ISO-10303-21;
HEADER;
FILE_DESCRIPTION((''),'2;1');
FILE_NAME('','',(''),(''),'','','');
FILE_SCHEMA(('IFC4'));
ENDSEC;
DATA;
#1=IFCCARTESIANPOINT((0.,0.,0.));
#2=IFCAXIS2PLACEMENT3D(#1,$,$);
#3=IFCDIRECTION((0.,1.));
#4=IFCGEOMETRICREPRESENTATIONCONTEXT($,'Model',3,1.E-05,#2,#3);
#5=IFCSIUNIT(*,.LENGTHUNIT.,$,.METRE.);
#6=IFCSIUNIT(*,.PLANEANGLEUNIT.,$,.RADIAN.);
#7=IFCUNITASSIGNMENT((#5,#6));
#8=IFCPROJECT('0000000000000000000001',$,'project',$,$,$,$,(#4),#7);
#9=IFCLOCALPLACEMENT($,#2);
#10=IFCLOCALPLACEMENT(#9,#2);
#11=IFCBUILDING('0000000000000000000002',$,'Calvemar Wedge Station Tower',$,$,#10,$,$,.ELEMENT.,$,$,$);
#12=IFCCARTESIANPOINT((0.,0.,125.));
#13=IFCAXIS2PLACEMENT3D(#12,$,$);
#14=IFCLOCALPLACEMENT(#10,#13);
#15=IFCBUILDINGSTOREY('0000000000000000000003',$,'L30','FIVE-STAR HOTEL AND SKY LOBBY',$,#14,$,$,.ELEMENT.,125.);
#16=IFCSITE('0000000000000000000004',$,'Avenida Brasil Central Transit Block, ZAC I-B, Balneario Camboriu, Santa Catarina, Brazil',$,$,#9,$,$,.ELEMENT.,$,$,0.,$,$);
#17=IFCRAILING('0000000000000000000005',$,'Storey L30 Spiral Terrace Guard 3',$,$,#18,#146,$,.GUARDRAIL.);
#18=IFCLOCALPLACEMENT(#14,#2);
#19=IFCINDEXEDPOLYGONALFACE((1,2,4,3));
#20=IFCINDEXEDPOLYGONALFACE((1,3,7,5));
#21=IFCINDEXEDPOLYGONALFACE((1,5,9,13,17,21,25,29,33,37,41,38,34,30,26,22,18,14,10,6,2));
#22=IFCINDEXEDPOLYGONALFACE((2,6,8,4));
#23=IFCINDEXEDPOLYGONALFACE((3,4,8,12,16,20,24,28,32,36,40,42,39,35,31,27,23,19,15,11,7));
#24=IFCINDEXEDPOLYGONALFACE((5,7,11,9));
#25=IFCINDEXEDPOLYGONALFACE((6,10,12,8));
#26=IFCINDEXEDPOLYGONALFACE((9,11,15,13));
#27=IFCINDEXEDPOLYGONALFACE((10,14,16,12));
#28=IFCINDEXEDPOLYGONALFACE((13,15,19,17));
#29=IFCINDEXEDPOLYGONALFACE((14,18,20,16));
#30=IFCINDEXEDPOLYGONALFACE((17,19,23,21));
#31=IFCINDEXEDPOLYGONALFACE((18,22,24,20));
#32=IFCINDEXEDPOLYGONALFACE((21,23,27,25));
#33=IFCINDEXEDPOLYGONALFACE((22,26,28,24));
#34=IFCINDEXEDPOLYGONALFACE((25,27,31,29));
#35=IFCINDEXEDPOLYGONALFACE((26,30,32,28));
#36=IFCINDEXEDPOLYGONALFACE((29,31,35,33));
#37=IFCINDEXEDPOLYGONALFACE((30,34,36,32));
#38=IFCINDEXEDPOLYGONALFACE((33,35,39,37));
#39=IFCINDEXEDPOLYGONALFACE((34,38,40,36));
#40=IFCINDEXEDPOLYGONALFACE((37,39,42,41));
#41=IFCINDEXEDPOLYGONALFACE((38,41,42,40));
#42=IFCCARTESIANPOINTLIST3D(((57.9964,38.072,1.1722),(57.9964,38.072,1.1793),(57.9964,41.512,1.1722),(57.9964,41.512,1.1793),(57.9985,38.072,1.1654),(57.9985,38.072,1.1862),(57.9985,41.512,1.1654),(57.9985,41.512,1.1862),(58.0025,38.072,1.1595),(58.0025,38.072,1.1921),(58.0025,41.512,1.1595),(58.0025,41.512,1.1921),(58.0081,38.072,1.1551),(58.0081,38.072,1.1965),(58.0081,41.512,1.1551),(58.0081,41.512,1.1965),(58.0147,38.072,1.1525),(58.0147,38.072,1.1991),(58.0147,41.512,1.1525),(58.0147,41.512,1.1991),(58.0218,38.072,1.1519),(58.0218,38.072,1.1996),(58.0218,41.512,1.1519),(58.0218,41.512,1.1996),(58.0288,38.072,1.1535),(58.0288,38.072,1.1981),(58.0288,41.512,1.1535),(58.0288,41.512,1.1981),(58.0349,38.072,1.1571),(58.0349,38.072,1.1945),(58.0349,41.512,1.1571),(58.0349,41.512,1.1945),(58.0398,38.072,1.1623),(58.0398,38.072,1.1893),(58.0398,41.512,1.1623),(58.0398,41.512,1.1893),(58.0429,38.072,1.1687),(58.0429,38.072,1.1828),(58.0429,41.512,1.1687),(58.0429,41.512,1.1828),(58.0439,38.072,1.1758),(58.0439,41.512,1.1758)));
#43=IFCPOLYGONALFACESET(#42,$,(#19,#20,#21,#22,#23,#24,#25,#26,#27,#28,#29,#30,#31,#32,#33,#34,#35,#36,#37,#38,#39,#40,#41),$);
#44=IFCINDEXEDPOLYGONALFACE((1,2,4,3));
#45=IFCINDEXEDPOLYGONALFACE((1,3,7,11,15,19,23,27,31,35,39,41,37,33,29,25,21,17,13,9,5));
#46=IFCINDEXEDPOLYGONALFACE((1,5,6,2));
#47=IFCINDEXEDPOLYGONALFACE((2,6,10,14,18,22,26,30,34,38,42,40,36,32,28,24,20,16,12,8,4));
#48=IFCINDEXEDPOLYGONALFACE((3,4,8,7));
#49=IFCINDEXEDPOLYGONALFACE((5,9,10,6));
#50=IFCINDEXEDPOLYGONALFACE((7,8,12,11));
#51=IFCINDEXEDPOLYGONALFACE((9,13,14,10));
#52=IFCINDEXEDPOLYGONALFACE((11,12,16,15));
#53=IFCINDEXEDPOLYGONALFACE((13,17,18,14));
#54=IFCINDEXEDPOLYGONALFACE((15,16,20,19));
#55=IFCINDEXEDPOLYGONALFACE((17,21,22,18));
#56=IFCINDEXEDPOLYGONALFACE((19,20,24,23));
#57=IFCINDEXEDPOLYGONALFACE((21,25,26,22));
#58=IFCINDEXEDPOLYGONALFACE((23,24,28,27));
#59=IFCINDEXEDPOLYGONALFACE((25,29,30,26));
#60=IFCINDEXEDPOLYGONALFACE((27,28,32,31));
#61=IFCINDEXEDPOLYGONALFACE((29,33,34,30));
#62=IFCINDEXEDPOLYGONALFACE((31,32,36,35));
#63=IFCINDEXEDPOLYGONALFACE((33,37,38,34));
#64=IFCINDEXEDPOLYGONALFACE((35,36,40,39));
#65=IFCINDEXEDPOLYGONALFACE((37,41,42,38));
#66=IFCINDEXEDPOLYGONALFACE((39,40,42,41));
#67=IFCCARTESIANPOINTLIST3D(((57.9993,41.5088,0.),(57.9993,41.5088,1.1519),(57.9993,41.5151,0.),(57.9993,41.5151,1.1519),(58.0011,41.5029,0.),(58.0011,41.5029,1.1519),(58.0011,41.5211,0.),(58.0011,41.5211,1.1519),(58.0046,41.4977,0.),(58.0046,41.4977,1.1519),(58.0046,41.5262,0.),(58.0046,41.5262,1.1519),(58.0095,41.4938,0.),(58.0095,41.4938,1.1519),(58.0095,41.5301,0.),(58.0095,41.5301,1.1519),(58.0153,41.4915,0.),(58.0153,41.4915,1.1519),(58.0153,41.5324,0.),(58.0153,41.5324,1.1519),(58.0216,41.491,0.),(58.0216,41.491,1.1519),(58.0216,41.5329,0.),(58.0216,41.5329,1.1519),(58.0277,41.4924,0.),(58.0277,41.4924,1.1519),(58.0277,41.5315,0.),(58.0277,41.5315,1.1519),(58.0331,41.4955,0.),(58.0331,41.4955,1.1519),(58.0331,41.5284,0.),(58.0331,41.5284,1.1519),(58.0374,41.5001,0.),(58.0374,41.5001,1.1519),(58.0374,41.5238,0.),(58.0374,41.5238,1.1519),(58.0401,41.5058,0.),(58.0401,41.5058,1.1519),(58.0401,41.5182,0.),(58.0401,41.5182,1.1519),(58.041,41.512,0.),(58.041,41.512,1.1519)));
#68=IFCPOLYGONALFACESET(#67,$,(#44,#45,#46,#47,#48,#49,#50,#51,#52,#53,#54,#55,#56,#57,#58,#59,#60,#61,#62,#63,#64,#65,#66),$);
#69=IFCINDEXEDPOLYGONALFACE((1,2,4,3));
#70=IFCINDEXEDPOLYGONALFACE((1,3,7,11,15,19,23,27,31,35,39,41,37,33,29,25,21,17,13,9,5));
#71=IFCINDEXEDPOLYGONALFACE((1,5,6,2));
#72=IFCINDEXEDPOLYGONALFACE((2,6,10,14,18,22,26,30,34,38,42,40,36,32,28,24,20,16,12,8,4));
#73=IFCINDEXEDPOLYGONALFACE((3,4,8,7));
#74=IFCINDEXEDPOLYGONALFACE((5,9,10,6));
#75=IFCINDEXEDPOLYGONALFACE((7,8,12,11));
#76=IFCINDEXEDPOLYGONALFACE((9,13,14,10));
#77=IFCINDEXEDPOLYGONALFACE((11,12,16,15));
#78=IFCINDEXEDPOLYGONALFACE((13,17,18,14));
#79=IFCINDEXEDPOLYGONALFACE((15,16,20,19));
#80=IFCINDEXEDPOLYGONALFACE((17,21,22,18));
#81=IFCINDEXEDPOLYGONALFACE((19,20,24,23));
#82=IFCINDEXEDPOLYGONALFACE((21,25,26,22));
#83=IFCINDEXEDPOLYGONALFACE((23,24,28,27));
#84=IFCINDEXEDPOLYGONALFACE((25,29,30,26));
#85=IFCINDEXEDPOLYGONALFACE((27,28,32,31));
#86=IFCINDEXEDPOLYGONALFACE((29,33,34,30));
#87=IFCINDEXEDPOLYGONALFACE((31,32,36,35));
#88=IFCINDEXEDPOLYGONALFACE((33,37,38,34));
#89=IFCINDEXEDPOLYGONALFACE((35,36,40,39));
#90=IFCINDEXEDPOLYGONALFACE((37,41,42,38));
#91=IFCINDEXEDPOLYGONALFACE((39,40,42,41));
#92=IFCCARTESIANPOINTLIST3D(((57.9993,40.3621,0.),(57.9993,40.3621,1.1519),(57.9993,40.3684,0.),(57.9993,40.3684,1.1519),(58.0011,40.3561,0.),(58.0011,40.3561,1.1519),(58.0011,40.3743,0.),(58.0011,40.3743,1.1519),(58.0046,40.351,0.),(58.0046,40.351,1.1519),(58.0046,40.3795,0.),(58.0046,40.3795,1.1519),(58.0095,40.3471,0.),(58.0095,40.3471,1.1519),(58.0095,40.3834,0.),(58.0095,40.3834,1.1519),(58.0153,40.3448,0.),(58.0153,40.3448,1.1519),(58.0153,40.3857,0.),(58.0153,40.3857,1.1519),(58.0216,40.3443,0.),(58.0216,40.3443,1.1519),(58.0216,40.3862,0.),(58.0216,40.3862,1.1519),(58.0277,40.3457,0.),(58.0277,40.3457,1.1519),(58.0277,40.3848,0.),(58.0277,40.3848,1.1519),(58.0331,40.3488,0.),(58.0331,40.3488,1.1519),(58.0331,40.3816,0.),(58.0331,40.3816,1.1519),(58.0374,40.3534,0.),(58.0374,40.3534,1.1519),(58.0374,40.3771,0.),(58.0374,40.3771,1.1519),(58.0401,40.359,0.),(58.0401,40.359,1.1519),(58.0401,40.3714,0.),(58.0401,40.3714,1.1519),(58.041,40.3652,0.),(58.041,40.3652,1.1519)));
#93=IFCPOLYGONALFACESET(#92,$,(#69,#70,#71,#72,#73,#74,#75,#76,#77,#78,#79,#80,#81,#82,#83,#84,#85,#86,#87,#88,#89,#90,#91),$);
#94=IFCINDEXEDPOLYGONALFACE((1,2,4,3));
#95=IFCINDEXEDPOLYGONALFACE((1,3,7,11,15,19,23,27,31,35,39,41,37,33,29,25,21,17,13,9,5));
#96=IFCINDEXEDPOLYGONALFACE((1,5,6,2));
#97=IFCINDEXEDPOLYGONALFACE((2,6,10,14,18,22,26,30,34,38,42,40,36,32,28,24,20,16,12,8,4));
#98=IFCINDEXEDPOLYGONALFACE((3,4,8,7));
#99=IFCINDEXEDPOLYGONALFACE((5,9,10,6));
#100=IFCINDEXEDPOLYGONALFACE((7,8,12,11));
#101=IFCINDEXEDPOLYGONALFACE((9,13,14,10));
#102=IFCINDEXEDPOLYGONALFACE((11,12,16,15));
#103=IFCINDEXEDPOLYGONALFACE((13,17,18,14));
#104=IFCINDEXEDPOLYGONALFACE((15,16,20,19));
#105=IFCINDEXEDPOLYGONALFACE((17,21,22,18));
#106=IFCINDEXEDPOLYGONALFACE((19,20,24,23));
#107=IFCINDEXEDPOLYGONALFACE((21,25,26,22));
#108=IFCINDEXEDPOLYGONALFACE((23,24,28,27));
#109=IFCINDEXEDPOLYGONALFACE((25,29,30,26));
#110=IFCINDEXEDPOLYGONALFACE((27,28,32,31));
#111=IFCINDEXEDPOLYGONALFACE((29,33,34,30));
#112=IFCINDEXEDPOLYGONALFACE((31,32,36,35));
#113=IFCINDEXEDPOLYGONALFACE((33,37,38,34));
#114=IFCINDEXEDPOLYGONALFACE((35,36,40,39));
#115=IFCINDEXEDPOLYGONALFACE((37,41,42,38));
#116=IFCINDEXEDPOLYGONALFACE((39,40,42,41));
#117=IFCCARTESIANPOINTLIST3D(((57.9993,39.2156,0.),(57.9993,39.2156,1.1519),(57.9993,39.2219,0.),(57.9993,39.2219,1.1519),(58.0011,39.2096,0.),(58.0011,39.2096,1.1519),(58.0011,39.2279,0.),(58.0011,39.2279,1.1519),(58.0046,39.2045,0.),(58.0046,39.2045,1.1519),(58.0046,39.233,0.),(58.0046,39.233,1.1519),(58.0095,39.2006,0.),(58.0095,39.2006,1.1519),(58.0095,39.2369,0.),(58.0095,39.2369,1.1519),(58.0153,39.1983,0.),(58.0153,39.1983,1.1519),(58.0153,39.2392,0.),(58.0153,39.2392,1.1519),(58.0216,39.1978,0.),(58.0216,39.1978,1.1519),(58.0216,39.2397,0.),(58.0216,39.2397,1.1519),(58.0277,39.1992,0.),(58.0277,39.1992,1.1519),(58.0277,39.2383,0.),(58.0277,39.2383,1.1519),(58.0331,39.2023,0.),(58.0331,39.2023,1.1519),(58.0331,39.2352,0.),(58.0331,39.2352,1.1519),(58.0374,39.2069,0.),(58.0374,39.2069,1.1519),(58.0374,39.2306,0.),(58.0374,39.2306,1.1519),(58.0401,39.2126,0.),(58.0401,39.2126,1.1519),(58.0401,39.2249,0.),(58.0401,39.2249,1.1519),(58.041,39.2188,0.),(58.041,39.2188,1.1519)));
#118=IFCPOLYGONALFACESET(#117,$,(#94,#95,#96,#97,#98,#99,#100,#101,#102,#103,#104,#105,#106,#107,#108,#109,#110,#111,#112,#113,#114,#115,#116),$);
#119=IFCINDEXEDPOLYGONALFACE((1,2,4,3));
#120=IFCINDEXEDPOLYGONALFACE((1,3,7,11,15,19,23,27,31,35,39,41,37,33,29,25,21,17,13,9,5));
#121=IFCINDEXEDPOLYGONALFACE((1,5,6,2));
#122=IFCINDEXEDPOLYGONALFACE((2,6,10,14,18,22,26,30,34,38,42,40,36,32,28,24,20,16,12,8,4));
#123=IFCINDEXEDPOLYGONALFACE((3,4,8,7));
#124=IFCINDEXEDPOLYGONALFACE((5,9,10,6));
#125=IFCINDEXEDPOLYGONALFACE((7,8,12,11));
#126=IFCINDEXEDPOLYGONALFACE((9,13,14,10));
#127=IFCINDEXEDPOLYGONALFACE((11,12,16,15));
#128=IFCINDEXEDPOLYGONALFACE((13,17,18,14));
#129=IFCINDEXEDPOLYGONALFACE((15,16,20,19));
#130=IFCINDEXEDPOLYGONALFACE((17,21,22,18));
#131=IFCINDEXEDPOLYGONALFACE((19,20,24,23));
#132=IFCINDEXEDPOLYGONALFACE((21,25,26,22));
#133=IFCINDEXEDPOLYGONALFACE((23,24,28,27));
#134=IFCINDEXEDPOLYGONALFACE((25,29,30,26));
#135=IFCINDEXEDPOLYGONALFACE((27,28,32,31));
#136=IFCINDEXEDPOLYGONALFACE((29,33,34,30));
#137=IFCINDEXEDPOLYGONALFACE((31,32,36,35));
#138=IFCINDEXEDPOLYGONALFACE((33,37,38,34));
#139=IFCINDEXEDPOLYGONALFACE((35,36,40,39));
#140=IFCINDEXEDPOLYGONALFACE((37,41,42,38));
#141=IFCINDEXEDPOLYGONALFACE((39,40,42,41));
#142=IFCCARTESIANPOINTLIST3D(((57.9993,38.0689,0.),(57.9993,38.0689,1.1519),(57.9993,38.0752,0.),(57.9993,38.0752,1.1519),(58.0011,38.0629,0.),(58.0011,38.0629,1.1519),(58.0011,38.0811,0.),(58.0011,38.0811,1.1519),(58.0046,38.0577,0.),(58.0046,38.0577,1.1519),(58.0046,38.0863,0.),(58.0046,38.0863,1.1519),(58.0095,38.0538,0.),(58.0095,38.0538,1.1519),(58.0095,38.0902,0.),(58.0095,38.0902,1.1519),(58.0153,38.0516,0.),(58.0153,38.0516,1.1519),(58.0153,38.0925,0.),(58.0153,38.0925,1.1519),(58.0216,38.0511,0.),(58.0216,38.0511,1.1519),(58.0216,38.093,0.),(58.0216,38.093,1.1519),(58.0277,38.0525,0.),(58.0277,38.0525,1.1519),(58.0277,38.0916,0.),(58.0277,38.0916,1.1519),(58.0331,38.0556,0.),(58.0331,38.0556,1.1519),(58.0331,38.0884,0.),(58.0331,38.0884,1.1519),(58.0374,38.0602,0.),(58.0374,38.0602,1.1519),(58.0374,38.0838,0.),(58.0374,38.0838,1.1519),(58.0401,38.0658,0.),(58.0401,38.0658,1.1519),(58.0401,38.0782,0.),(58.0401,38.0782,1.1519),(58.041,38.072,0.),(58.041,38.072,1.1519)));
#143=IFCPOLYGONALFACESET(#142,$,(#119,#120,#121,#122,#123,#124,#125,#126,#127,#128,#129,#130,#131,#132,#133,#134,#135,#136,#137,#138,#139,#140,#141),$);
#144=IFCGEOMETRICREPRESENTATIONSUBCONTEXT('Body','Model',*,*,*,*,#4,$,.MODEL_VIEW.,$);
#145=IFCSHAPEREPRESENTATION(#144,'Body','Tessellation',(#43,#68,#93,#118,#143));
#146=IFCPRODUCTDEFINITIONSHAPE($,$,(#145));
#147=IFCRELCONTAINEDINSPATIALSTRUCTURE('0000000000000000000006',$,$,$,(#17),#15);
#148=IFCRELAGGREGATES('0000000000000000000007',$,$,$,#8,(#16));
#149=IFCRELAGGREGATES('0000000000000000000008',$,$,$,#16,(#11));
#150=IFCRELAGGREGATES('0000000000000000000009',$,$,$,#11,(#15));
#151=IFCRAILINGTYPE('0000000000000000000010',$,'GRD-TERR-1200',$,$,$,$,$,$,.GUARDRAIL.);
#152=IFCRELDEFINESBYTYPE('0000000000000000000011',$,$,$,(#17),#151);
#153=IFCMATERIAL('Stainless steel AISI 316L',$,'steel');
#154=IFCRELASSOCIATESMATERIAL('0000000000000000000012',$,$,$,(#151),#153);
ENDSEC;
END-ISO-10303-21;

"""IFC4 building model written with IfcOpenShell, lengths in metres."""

from ifc_helpers import new_model, si_unit, direction, frame, origin, origin_2d, place, context, subcontext, project, spatial, circle, extrude, material, type_object, element, save


model = new_model("IFC4")

# Units and contexts
model_context = context("Model", 3, precision=1e-05, world=origin(), true_north=direction((0.0, 1.0)))
body_context = subcontext(model_context, "Body", "Model", "MODEL_VIEW")
ifc_project = project(units=[si_unit("LENGTHUNIT", "METRE"), si_unit("PLANEANGLEUNIT", "RADIAN")], contexts=[model_context])

# Site, building, storey
site_placement = place(None, origin())
site = spatial("IfcSite", under=ifc_project, at=site_placement, Name="Avenida Brasil Central Transit Block, ZAC I-B, Balneario Camboriu, Santa Catarina, Brazil", CompositionType="ELEMENT", RefElevation=0.0)
building_placement = place(site_placement, origin())
building = spatial("IfcBuilding", under=site, at=building_placement, Name="Calvemar Wedge Station Tower", CompositionType="ELEMENT")
storey_placement = place(building_placement, frame((0.0, 0.0, 125.0)))
storey = spatial("IfcBuildingStorey", under=building, at=storey_placement, Name="L30", Description="FIVE-STAR HOTEL AND SKY LOBBY", CompositionType="ELEMENT", Elevation=125.0)

# Railing
ifc_material_1 = material(Name="Stainless steel AISI 316L", Category="steel")
railing_type = type_object("IfcRailingType", Name="GRD-TERR-1200", PredefinedType="GUARDRAIL", material=ifc_material_1)
railing_1_placement = place(storey_placement, frame((58.02, 41.512, 0.0)))
element("IfcRailing", 1, at=railing_1_placement, inside=storey, type_object=railing_type, Name="Storey L30 Spiral Terrace Guard 3", PredefinedType="GUARDRAIL", context=body_context, shape_type="SweptSolid", body=[
    extrude(circle(Radius=0.0239, at=origin_2d()), frame((0.0, 0.0, 1.1758), z_axis=(0.0, -1.0, 0.0), x_axis=(1.0, 0.0, 0.0)), (0.0, 0.0, 1.0), 3.4399),
    extrude(circle(Radius=0.021, at=origin_2d()), origin(), (0.0, 0.0, 1.0), 1.1519),
    extrude(circle(Radius=0.021, at=origin_2d()), frame((0.0, -1.1467, 0.0)), (0.0, 0.0, 1.0), 1.1519),
    extrude(circle(Radius=0.021, at=origin_2d()), frame((0.0, -2.2932, 0.0)), (0.0, 0.0, 1.0), 1.1519),
    extrude(circle(Radius=0.021, at=origin_2d()), frame((0.0, -3.4399, 0.0)), (0.0, 0.0, 1.0), 1.1519),
])

save(model, "model.ifc")
